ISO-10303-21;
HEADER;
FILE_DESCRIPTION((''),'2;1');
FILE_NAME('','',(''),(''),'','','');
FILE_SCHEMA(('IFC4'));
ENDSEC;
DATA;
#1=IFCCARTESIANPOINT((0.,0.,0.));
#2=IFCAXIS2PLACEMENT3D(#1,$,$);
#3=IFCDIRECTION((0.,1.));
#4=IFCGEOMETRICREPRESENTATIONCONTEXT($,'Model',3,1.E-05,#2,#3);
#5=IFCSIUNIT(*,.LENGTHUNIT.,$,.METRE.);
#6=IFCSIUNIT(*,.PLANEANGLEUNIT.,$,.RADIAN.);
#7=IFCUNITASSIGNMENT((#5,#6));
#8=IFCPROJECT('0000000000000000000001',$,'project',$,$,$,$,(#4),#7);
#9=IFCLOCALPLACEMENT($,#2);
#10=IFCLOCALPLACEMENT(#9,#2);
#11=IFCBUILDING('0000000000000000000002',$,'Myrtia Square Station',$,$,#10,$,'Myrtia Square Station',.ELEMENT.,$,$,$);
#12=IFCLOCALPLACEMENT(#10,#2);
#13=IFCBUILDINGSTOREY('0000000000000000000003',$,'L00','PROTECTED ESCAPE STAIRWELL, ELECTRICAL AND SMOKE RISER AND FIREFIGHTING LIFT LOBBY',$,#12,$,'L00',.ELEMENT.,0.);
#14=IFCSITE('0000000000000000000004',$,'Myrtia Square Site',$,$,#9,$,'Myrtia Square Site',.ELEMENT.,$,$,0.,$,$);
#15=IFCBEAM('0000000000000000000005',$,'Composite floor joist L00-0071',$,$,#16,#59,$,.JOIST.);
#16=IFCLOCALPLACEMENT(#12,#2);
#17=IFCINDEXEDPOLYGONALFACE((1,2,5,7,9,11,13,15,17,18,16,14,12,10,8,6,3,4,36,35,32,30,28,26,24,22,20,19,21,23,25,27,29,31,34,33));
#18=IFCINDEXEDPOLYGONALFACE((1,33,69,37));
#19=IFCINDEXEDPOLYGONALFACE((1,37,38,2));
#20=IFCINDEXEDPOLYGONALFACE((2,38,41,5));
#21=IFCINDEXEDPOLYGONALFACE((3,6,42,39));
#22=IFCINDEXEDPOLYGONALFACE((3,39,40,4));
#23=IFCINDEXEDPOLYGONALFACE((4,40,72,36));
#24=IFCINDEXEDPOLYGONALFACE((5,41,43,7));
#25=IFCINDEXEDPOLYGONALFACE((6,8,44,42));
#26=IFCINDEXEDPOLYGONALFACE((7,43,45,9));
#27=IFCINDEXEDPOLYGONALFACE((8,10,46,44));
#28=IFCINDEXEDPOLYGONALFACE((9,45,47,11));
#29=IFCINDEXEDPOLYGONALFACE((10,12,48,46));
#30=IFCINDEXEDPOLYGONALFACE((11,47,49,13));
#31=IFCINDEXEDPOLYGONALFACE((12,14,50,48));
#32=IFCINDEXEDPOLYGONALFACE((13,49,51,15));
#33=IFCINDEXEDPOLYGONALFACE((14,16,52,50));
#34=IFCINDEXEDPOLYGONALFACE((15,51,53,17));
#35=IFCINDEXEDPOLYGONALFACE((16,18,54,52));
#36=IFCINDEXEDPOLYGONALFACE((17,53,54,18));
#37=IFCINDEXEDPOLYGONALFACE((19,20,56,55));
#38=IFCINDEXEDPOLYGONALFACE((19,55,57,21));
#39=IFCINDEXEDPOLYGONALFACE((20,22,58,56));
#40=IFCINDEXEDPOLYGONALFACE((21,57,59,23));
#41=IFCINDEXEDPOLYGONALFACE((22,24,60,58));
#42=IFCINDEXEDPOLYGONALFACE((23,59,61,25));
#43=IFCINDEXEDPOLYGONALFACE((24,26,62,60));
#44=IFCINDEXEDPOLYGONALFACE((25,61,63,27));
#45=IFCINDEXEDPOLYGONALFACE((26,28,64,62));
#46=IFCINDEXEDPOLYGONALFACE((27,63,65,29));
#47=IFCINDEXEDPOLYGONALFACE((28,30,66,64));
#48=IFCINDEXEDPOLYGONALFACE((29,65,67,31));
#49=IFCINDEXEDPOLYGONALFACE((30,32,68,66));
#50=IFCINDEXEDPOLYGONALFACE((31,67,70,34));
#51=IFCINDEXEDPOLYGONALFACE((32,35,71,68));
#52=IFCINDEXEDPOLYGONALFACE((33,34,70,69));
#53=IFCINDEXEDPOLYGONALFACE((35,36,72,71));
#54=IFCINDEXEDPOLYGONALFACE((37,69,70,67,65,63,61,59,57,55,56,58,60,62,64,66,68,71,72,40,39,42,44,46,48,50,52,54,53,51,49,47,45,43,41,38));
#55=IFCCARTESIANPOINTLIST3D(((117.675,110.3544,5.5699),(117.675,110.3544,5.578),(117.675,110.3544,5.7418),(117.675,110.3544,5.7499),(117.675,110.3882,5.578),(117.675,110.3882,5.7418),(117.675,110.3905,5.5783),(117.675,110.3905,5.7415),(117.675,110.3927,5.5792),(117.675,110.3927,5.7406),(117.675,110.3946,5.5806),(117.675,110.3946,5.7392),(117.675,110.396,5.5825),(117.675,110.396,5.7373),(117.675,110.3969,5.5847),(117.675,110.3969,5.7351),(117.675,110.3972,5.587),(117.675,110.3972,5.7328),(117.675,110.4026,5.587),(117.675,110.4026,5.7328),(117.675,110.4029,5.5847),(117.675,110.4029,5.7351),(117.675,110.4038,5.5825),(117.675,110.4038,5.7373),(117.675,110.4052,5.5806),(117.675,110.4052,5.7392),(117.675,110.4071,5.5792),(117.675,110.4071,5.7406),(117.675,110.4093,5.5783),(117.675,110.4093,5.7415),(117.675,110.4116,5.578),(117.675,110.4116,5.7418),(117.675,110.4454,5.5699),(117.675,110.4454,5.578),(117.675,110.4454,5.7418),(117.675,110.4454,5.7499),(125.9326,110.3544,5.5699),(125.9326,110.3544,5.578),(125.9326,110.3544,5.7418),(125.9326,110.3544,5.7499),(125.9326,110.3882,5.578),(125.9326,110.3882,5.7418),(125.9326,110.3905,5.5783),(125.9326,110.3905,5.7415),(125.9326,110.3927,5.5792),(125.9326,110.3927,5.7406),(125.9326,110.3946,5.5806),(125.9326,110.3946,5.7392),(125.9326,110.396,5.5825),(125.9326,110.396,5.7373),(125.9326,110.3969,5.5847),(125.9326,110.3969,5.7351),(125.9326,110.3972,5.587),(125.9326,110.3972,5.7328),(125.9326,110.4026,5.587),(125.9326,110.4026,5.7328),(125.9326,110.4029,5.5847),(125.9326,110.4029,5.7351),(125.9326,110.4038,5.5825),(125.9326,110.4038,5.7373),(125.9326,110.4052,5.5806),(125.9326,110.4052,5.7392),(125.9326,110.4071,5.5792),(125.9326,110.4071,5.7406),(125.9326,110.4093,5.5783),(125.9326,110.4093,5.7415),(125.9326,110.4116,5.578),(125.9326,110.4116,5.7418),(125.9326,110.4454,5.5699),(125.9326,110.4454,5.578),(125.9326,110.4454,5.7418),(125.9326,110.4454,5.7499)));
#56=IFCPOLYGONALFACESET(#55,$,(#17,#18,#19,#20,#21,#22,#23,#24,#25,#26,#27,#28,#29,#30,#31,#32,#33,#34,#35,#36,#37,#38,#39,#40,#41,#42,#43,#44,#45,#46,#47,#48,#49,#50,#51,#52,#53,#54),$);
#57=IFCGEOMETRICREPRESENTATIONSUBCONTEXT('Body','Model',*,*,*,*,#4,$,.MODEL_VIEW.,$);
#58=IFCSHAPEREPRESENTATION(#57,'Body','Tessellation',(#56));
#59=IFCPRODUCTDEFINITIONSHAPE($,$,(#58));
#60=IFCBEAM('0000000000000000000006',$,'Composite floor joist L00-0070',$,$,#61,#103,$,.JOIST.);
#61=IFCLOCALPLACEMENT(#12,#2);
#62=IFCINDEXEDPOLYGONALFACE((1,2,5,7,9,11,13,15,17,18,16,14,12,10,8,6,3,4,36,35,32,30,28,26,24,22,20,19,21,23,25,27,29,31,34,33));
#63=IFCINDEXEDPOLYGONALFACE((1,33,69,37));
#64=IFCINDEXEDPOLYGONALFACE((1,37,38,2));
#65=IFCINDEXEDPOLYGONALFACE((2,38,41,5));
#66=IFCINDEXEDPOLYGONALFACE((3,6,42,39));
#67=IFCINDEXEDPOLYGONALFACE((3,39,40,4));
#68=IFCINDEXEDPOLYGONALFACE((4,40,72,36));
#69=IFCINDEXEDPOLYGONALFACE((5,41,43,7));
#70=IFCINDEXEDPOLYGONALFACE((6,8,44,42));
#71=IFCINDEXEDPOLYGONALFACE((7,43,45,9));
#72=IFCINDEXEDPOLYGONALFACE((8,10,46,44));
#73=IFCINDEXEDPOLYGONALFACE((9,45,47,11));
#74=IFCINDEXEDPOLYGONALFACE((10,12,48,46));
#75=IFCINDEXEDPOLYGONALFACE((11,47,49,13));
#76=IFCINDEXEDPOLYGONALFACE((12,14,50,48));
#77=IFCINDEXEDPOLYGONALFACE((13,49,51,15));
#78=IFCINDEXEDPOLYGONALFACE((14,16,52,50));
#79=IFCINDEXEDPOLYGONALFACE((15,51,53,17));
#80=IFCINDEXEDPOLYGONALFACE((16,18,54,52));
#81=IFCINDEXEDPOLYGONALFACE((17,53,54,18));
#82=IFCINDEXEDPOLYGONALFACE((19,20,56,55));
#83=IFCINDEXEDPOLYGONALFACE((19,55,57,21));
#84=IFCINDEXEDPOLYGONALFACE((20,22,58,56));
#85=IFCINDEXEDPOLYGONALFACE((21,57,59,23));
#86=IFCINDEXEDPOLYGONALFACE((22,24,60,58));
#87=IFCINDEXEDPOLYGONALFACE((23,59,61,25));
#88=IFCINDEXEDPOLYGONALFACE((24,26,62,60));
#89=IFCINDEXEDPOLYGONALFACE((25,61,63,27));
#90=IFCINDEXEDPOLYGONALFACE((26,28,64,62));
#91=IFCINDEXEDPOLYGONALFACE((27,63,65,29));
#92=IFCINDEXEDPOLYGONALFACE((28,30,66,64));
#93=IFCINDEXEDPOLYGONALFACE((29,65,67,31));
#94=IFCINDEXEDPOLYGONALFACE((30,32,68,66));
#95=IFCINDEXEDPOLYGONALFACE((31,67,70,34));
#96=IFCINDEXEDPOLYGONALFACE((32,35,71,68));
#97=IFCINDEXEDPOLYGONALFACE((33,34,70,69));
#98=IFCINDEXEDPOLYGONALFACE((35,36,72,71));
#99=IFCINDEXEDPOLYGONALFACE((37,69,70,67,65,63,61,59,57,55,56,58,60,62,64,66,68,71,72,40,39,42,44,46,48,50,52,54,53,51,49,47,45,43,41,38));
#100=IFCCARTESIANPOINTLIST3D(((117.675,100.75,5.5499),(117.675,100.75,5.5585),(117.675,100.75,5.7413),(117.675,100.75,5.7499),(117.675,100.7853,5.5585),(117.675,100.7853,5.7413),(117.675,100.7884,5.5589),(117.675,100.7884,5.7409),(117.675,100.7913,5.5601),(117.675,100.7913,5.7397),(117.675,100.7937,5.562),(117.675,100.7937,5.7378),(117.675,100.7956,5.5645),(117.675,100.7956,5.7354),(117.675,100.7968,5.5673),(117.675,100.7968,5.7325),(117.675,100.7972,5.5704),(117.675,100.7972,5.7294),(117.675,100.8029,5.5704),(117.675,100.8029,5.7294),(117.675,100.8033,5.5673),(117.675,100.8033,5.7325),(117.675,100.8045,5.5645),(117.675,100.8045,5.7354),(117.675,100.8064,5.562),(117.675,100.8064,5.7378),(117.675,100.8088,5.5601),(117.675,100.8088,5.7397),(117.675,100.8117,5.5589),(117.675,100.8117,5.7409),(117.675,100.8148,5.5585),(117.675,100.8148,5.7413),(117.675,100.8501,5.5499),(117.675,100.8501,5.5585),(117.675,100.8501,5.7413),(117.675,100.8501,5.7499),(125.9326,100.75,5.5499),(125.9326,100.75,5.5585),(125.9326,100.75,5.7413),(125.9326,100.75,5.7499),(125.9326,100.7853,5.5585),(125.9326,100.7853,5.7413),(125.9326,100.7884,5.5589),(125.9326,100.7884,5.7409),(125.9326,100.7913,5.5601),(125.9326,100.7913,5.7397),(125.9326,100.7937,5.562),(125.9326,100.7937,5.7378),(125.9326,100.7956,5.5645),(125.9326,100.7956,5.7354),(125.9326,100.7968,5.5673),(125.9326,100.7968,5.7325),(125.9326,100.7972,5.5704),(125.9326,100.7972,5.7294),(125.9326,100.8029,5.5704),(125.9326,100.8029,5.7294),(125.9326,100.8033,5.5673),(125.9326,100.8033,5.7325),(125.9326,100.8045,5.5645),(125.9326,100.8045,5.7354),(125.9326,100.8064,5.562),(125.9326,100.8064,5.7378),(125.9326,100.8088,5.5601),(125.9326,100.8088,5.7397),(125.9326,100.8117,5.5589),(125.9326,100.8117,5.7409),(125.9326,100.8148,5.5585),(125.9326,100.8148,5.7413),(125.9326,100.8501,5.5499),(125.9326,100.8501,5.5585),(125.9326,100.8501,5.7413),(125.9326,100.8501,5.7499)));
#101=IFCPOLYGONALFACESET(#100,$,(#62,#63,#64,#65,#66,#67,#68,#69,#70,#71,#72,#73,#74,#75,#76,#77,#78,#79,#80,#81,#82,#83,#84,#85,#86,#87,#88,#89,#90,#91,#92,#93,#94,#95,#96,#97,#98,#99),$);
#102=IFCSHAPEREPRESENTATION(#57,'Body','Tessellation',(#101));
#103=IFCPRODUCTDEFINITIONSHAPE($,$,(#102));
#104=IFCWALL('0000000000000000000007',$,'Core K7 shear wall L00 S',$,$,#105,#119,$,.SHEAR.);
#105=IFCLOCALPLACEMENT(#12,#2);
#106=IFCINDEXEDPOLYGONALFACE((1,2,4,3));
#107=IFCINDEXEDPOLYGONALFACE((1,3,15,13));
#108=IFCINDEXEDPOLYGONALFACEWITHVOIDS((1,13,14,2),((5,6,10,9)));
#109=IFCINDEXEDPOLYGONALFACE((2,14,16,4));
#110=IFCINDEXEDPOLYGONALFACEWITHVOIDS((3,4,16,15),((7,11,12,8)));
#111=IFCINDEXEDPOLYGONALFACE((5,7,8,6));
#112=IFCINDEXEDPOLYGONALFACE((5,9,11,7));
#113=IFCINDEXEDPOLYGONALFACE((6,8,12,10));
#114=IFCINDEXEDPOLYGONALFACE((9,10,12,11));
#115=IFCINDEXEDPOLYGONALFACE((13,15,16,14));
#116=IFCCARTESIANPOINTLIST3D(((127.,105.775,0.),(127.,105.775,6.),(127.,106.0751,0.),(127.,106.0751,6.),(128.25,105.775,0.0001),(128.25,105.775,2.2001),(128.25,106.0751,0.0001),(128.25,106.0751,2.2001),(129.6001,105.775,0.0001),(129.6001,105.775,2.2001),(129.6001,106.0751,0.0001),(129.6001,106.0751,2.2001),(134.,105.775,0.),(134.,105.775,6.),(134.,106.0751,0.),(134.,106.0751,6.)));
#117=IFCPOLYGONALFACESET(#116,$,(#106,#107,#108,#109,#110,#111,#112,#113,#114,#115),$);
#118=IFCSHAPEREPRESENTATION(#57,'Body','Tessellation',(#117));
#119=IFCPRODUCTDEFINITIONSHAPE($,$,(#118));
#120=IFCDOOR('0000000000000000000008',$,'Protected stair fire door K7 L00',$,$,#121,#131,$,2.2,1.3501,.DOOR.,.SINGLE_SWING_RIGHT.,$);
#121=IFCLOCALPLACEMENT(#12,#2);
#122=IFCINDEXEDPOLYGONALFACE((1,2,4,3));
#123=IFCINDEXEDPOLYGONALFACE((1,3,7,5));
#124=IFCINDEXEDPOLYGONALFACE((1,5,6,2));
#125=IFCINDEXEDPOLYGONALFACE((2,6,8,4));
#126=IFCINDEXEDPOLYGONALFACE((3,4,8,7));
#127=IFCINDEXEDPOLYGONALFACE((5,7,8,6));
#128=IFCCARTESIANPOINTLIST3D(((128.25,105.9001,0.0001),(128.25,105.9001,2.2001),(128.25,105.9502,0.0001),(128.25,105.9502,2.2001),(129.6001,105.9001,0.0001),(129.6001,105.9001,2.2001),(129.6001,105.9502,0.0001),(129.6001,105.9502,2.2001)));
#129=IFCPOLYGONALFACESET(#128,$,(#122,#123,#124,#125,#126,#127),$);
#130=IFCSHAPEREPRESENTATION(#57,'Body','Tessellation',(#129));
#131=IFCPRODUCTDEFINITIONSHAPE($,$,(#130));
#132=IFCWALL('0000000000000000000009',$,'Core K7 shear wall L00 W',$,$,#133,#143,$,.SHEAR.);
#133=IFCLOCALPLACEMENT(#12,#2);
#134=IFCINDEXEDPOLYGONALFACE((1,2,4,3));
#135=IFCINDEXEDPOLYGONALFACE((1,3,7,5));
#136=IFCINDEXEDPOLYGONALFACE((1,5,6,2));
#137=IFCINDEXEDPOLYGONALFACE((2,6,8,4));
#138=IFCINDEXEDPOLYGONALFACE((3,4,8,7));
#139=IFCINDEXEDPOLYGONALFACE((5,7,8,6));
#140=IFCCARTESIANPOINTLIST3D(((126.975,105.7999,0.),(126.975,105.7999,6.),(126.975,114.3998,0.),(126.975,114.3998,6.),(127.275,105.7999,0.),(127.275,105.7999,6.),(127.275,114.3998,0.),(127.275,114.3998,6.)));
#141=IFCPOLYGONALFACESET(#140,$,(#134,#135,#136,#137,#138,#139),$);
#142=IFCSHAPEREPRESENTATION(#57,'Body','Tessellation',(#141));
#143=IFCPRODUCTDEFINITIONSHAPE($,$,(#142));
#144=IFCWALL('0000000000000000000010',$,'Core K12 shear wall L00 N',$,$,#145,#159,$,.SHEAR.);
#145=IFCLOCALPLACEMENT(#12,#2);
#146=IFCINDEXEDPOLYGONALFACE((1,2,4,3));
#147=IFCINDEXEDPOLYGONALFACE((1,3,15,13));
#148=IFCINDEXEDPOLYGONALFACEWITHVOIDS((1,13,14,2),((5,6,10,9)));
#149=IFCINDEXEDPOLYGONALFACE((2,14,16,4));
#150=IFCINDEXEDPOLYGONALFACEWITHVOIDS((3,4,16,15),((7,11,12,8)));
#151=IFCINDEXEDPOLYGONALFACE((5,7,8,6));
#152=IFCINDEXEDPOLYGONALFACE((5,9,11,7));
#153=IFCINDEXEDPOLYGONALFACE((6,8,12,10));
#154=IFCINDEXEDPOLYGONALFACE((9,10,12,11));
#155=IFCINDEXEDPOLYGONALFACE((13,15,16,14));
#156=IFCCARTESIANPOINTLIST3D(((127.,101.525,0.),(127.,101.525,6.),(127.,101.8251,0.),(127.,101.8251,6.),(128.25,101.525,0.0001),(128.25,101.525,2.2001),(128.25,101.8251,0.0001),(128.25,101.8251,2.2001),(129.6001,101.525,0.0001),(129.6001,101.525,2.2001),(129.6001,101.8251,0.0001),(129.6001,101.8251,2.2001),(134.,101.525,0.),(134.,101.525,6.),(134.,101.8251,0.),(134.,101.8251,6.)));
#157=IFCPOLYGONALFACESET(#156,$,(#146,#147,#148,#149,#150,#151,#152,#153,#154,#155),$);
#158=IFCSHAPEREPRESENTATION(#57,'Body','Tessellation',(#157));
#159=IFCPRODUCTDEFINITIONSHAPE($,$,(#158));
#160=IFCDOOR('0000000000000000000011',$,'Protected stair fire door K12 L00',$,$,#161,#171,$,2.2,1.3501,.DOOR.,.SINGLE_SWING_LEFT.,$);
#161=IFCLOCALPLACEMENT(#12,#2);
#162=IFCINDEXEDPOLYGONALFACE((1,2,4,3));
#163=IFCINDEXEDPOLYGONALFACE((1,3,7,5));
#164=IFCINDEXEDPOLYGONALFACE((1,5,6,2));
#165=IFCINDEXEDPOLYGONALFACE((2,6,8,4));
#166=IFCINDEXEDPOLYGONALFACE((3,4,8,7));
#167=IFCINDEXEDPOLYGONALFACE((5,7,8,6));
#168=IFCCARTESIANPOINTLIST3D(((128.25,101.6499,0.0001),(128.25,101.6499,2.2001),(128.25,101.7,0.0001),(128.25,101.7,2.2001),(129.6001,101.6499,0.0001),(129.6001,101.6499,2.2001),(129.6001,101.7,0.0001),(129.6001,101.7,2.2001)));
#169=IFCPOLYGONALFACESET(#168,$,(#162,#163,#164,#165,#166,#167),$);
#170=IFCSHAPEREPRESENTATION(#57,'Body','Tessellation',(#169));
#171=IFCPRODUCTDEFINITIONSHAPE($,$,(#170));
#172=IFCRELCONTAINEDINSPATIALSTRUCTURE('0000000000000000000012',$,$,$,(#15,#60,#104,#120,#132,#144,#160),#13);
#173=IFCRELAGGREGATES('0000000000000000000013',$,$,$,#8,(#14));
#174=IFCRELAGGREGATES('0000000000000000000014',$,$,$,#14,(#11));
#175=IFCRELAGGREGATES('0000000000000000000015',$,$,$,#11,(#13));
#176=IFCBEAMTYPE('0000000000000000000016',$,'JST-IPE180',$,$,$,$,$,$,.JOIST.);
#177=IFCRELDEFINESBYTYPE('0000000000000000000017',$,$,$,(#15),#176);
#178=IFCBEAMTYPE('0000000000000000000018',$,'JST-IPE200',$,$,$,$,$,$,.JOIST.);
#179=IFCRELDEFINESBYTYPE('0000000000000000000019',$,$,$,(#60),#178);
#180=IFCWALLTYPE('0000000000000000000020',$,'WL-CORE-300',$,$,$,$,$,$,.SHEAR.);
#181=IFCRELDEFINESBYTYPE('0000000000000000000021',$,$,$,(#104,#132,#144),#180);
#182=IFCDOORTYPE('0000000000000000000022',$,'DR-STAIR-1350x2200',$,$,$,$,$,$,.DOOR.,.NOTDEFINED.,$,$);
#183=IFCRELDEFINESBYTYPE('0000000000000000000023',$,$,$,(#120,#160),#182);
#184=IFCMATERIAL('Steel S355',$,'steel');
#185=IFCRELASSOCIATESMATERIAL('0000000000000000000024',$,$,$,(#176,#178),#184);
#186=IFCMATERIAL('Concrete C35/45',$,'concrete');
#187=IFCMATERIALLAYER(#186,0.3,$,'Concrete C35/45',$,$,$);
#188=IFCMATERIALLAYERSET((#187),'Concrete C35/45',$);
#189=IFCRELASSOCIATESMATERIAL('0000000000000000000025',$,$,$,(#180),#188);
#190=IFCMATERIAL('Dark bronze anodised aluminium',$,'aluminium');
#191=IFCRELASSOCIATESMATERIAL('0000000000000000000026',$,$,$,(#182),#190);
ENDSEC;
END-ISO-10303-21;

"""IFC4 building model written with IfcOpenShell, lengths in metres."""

from ifc_helpers import new_model, si_unit, direction, frame, frame_2d, origin, origin_2d, place, context, subcontext, project, spatial, rectangle, i_section, extrude, material, layer, layer_set, material_profile, profile_set, type_object, element, fill, save


model = new_model("IFC4")

# Units and contexts
model_context = context("Model", 3, precision=1e-05, world=origin(), true_north=direction((0.0, 1.0)))
body_context = subcontext(model_context, "Body", "Model", "MODEL_VIEW")
ifc_project = project(units=[si_unit("LENGTHUNIT", "METRE"), si_unit("PLANEANGLEUNIT", "RADIAN")], contexts=[model_context])

# Site, building, storey
site_placement = place(None, origin())
site = spatial("IfcSite", under=ifc_project, at=site_placement, Name="Myrtia Square Site", LongName="Myrtia Square Site", CompositionType="ELEMENT", RefElevation=0.0)
building_placement = place(site_placement, origin())
building = spatial("IfcBuilding", under=site, at=building_placement, Name="Myrtia Square Station", LongName="Myrtia Square Station", CompositionType="ELEMENT")
storey_placement = place(building_placement, origin())
storey = spatial("IfcBuildingStorey", under=building, at=storey_placement, Name="L00", Description="PROTECTED ESCAPE STAIRWELL, ELECTRICAL AND SMOKE RISER AND FIREFIGHTING LIFT LOBBY", LongName="L00", CompositionType="ELEMENT", Elevation=0.0)

# Shared definitions
ifc_material_1 = material(Name="Steel S355", Category="steel")

# Beams
ifc_material_profile_1 = material_profile(ifc_material_1, i_section(OverallWidth=0.0911, OverallDepth=0.1799, WebThickness=0.0054, FlangeThickness=0.0081, FilletRadius=0.009, at=origin_2d()), Name="IPE 180")
ifc_profile_set_1 = profile_set([ifc_material_profile_1], Name="Steel S355")
beam_type_1 = type_object("IfcBeamType", Name="JST-IPE180", PredefinedType="JOIST", material=ifc_profile_set_1)
beam_1_placement = place(storey_placement, frame((117.675, 110.3999, 5.6599), z_axis=(1.0, 0.0, 0.0), x_axis=(0.0, 1.0, 0.0)))
element("IfcBeam", 1, at=beam_1_placement, inside=storey, type_object=beam_type_1, Name="Composite floor joist L00-0071", PredefinedType="JOIST", context=body_context, shape_type="SweptSolid", body=[
    extrude(i_section(OverallWidth=0.0911, OverallDepth=0.1799, WebThickness=0.0054, FlangeThickness=0.0081, FilletRadius=0.009, at=origin_2d()), origin(), (0.0, 0.0, 1.0), 8.2576),
])
ifc_material_profile_2 = material_profile(ifc_material_1, i_section(OverallWidth=0.1001, OverallDepth=0.2, WebThickness=0.0056, FlangeThickness=0.0085, FilletRadius=0.012, at=origin_2d()), Name="IPE 200")
ifc_profile_set_2 = profile_set([ifc_material_profile_2], Name="Steel S355")
beam_type_2 = type_object("IfcBeamType", Name="JST-IPE200", PredefinedType="JOIST", material=ifc_profile_set_2)
beam_2_placement = place(storey_placement, frame((117.675, 100.8, 5.6499), z_axis=(1.0, 0.0, 0.0), x_axis=(0.0, 1.0, 0.0)))
element("IfcBeam", 2, at=beam_2_placement, inside=storey, type_object=beam_type_2, Name="Composite floor joist L00-0070", PredefinedType="JOIST", context=body_context, shape_type="SweptSolid", body=[
    extrude(i_section(OverallWidth=0.1001, OverallDepth=0.2, WebThickness=0.0056, FlangeThickness=0.0085, FilletRadius=0.012, at=origin_2d()), origin(), (0.0, 0.0, 1.0), 8.2576),
])

# Wall, opening, door
ifc_material_2 = material(Name="Concrete C35/45", Category="concrete")
ifc_layer_1 = layer(ifc_material_2, 0.3, Name="Concrete C35/45")
ifc_layer_set_1 = layer_set([ifc_layer_1], Name="Concrete C35/45")
wall_type_1 = type_object("IfcWallType", Name="WL-CORE-300", PredefinedType="SHEAR", material=ifc_layer_set_1)
wall_1_placement = place(storey_placement, frame((127.0, 105.925, 0.0), z_axis=(0.0, 0.0, 1.0), x_axis=(1.0, 0.0, 0.0)))
wall_1 = element("IfcWall", 3, at=wall_1_placement, inside=storey, type_object=wall_type_1, Name="Core K7 shear wall L00 S", PredefinedType="SHEAR", context=body_context, shape_type="SweptSolid", body=[
    extrude(rectangle(XDim=7.0, YDim=0.3, at=frame_2d((3.5, 0.0))), origin(), (0.0, 0.0, 1.0), 6.0),
])
opening_1_placement = place(wall_1_placement, frame((1.25, 0.0, 0.0)))
opening_1 = element("IfcOpeningElement", 4, at=opening_1_placement, cuts=wall_1, PredefinedType="OPENING", context=body_context, shape_type="SweptSolid", body=[
    extrude(rectangle(XDim=1.3501, YDim=2.2, at=frame_2d((0.675, 1.1001))), frame((0.0, 0.165, 0.0), z_axis=(0.0, -1.0, 0.0), x_axis=(1.0, 0.0, 0.0)), (0.0, 0.0, 1.0), 0.3301),
])
ifc_material_3 = material(Name="Dark bronze anodised aluminium", Category="aluminium")
door_type_1 = type_object("IfcDoorType", Name="DR-STAIR-1350x2200", OperationType="NOTDEFINED", PredefinedType="DOOR", material=ifc_material_3)
door_1_placement = place(opening_1_placement, frame((1.3501, 0.0, 0.0), z_axis=(0.0, 0.0, 1.0), x_axis=(-1.0, 0.0, 0.0)))
door_1 = element("IfcDoor", 5, at=door_1_placement, inside=storey, type_object=door_type_1, Name="Protected stair fire door K7 L00", OperationType="SINGLE_SWING_RIGHT", OverallHeight=2.2, OverallWidth=1.3501, PredefinedType="DOOR", context=body_context, shape_type="SweptSolid", body=[
    extrude(rectangle(XDim=1.3501, YDim=2.2, at=frame_2d((0.675, 1.1001))), frame((0.0, 0.0249, 0.0), z_axis=(0.0, -1.0, 0.0), x_axis=(1.0, 0.0, 0.0)), (0.0, 0.0, 1.0), 0.05),
])
fill(opening_1, door_1)

# Wall
wall_2_placement = place(storey_placement, frame((127.125, 105.8, 0.0), z_axis=(0.0, 0.0, 1.0), x_axis=(0.0, 1.0, 0.0)))
element("IfcWall", 6, at=wall_2_placement, inside=storey, type_object=wall_type_1, Name="Core K7 shear wall L00 W", PredefinedType="SHEAR", context=body_context, shape_type="SweptSolid", body=[
    extrude(rectangle(XDim=8.5999, YDim=0.3, at=frame_2d((4.2998, 0.0))), origin(), (0.0, 0.0, 1.0), 6.0),
])

# Wall, opening, door
wall_3_placement = place(storey_placement, frame((127.0, 101.675, 0.0), z_axis=(0.0, 0.0, 1.0), x_axis=(1.0, 0.0, 0.0)))
wall_3 = element("IfcWall", 7, at=wall_3_placement, inside=storey, type_object=wall_type_1, Name="Core K12 shear wall L00 N", PredefinedType="SHEAR", context=body_context, shape_type="SweptSolid", body=[
    extrude(rectangle(XDim=7.0, YDim=0.3, at=frame_2d((3.5, 0.0))), origin(), (0.0, 0.0, 1.0), 6.0),
])
opening_2_placement = place(wall_3_placement, frame((1.25, 0.0, 0.0)))
opening_2 = element("IfcOpeningElement", 8, at=opening_2_placement, cuts=wall_3, PredefinedType="OPENING", context=body_context, shape_type="SweptSolid", body=[
    extrude(rectangle(XDim=1.3501, YDim=2.2, at=frame_2d((0.675, 1.1001))), frame((0.0, 0.165, 0.0), z_axis=(0.0, -1.0, 0.0), x_axis=(1.0, 0.0, 0.0)), (0.0, 0.0, 1.0), 0.3301),
])
door_2_placement = place(opening_2_placement, origin())
door_2 = element("IfcDoor", 9, at=door_2_placement, inside=storey, type_object=door_type_1, Name="Protected stair fire door K12 L00", OperationType="SINGLE_SWING_LEFT", OverallHeight=2.2, OverallWidth=1.3501, PredefinedType="DOOR", context=body_context, shape_type="SweptSolid", body=[
    extrude(rectangle(XDim=1.3501, YDim=2.2, at=frame_2d((0.675, 1.1001))), frame((0.0, 0.0249, 0.0), z_axis=(0.0, -1.0, 0.0), x_axis=(1.0, 0.0, 0.0)), (0.0, 0.0, 1.0), 0.05),
])
fill(opening_2, door_2)

save(model, "model.ifc")
